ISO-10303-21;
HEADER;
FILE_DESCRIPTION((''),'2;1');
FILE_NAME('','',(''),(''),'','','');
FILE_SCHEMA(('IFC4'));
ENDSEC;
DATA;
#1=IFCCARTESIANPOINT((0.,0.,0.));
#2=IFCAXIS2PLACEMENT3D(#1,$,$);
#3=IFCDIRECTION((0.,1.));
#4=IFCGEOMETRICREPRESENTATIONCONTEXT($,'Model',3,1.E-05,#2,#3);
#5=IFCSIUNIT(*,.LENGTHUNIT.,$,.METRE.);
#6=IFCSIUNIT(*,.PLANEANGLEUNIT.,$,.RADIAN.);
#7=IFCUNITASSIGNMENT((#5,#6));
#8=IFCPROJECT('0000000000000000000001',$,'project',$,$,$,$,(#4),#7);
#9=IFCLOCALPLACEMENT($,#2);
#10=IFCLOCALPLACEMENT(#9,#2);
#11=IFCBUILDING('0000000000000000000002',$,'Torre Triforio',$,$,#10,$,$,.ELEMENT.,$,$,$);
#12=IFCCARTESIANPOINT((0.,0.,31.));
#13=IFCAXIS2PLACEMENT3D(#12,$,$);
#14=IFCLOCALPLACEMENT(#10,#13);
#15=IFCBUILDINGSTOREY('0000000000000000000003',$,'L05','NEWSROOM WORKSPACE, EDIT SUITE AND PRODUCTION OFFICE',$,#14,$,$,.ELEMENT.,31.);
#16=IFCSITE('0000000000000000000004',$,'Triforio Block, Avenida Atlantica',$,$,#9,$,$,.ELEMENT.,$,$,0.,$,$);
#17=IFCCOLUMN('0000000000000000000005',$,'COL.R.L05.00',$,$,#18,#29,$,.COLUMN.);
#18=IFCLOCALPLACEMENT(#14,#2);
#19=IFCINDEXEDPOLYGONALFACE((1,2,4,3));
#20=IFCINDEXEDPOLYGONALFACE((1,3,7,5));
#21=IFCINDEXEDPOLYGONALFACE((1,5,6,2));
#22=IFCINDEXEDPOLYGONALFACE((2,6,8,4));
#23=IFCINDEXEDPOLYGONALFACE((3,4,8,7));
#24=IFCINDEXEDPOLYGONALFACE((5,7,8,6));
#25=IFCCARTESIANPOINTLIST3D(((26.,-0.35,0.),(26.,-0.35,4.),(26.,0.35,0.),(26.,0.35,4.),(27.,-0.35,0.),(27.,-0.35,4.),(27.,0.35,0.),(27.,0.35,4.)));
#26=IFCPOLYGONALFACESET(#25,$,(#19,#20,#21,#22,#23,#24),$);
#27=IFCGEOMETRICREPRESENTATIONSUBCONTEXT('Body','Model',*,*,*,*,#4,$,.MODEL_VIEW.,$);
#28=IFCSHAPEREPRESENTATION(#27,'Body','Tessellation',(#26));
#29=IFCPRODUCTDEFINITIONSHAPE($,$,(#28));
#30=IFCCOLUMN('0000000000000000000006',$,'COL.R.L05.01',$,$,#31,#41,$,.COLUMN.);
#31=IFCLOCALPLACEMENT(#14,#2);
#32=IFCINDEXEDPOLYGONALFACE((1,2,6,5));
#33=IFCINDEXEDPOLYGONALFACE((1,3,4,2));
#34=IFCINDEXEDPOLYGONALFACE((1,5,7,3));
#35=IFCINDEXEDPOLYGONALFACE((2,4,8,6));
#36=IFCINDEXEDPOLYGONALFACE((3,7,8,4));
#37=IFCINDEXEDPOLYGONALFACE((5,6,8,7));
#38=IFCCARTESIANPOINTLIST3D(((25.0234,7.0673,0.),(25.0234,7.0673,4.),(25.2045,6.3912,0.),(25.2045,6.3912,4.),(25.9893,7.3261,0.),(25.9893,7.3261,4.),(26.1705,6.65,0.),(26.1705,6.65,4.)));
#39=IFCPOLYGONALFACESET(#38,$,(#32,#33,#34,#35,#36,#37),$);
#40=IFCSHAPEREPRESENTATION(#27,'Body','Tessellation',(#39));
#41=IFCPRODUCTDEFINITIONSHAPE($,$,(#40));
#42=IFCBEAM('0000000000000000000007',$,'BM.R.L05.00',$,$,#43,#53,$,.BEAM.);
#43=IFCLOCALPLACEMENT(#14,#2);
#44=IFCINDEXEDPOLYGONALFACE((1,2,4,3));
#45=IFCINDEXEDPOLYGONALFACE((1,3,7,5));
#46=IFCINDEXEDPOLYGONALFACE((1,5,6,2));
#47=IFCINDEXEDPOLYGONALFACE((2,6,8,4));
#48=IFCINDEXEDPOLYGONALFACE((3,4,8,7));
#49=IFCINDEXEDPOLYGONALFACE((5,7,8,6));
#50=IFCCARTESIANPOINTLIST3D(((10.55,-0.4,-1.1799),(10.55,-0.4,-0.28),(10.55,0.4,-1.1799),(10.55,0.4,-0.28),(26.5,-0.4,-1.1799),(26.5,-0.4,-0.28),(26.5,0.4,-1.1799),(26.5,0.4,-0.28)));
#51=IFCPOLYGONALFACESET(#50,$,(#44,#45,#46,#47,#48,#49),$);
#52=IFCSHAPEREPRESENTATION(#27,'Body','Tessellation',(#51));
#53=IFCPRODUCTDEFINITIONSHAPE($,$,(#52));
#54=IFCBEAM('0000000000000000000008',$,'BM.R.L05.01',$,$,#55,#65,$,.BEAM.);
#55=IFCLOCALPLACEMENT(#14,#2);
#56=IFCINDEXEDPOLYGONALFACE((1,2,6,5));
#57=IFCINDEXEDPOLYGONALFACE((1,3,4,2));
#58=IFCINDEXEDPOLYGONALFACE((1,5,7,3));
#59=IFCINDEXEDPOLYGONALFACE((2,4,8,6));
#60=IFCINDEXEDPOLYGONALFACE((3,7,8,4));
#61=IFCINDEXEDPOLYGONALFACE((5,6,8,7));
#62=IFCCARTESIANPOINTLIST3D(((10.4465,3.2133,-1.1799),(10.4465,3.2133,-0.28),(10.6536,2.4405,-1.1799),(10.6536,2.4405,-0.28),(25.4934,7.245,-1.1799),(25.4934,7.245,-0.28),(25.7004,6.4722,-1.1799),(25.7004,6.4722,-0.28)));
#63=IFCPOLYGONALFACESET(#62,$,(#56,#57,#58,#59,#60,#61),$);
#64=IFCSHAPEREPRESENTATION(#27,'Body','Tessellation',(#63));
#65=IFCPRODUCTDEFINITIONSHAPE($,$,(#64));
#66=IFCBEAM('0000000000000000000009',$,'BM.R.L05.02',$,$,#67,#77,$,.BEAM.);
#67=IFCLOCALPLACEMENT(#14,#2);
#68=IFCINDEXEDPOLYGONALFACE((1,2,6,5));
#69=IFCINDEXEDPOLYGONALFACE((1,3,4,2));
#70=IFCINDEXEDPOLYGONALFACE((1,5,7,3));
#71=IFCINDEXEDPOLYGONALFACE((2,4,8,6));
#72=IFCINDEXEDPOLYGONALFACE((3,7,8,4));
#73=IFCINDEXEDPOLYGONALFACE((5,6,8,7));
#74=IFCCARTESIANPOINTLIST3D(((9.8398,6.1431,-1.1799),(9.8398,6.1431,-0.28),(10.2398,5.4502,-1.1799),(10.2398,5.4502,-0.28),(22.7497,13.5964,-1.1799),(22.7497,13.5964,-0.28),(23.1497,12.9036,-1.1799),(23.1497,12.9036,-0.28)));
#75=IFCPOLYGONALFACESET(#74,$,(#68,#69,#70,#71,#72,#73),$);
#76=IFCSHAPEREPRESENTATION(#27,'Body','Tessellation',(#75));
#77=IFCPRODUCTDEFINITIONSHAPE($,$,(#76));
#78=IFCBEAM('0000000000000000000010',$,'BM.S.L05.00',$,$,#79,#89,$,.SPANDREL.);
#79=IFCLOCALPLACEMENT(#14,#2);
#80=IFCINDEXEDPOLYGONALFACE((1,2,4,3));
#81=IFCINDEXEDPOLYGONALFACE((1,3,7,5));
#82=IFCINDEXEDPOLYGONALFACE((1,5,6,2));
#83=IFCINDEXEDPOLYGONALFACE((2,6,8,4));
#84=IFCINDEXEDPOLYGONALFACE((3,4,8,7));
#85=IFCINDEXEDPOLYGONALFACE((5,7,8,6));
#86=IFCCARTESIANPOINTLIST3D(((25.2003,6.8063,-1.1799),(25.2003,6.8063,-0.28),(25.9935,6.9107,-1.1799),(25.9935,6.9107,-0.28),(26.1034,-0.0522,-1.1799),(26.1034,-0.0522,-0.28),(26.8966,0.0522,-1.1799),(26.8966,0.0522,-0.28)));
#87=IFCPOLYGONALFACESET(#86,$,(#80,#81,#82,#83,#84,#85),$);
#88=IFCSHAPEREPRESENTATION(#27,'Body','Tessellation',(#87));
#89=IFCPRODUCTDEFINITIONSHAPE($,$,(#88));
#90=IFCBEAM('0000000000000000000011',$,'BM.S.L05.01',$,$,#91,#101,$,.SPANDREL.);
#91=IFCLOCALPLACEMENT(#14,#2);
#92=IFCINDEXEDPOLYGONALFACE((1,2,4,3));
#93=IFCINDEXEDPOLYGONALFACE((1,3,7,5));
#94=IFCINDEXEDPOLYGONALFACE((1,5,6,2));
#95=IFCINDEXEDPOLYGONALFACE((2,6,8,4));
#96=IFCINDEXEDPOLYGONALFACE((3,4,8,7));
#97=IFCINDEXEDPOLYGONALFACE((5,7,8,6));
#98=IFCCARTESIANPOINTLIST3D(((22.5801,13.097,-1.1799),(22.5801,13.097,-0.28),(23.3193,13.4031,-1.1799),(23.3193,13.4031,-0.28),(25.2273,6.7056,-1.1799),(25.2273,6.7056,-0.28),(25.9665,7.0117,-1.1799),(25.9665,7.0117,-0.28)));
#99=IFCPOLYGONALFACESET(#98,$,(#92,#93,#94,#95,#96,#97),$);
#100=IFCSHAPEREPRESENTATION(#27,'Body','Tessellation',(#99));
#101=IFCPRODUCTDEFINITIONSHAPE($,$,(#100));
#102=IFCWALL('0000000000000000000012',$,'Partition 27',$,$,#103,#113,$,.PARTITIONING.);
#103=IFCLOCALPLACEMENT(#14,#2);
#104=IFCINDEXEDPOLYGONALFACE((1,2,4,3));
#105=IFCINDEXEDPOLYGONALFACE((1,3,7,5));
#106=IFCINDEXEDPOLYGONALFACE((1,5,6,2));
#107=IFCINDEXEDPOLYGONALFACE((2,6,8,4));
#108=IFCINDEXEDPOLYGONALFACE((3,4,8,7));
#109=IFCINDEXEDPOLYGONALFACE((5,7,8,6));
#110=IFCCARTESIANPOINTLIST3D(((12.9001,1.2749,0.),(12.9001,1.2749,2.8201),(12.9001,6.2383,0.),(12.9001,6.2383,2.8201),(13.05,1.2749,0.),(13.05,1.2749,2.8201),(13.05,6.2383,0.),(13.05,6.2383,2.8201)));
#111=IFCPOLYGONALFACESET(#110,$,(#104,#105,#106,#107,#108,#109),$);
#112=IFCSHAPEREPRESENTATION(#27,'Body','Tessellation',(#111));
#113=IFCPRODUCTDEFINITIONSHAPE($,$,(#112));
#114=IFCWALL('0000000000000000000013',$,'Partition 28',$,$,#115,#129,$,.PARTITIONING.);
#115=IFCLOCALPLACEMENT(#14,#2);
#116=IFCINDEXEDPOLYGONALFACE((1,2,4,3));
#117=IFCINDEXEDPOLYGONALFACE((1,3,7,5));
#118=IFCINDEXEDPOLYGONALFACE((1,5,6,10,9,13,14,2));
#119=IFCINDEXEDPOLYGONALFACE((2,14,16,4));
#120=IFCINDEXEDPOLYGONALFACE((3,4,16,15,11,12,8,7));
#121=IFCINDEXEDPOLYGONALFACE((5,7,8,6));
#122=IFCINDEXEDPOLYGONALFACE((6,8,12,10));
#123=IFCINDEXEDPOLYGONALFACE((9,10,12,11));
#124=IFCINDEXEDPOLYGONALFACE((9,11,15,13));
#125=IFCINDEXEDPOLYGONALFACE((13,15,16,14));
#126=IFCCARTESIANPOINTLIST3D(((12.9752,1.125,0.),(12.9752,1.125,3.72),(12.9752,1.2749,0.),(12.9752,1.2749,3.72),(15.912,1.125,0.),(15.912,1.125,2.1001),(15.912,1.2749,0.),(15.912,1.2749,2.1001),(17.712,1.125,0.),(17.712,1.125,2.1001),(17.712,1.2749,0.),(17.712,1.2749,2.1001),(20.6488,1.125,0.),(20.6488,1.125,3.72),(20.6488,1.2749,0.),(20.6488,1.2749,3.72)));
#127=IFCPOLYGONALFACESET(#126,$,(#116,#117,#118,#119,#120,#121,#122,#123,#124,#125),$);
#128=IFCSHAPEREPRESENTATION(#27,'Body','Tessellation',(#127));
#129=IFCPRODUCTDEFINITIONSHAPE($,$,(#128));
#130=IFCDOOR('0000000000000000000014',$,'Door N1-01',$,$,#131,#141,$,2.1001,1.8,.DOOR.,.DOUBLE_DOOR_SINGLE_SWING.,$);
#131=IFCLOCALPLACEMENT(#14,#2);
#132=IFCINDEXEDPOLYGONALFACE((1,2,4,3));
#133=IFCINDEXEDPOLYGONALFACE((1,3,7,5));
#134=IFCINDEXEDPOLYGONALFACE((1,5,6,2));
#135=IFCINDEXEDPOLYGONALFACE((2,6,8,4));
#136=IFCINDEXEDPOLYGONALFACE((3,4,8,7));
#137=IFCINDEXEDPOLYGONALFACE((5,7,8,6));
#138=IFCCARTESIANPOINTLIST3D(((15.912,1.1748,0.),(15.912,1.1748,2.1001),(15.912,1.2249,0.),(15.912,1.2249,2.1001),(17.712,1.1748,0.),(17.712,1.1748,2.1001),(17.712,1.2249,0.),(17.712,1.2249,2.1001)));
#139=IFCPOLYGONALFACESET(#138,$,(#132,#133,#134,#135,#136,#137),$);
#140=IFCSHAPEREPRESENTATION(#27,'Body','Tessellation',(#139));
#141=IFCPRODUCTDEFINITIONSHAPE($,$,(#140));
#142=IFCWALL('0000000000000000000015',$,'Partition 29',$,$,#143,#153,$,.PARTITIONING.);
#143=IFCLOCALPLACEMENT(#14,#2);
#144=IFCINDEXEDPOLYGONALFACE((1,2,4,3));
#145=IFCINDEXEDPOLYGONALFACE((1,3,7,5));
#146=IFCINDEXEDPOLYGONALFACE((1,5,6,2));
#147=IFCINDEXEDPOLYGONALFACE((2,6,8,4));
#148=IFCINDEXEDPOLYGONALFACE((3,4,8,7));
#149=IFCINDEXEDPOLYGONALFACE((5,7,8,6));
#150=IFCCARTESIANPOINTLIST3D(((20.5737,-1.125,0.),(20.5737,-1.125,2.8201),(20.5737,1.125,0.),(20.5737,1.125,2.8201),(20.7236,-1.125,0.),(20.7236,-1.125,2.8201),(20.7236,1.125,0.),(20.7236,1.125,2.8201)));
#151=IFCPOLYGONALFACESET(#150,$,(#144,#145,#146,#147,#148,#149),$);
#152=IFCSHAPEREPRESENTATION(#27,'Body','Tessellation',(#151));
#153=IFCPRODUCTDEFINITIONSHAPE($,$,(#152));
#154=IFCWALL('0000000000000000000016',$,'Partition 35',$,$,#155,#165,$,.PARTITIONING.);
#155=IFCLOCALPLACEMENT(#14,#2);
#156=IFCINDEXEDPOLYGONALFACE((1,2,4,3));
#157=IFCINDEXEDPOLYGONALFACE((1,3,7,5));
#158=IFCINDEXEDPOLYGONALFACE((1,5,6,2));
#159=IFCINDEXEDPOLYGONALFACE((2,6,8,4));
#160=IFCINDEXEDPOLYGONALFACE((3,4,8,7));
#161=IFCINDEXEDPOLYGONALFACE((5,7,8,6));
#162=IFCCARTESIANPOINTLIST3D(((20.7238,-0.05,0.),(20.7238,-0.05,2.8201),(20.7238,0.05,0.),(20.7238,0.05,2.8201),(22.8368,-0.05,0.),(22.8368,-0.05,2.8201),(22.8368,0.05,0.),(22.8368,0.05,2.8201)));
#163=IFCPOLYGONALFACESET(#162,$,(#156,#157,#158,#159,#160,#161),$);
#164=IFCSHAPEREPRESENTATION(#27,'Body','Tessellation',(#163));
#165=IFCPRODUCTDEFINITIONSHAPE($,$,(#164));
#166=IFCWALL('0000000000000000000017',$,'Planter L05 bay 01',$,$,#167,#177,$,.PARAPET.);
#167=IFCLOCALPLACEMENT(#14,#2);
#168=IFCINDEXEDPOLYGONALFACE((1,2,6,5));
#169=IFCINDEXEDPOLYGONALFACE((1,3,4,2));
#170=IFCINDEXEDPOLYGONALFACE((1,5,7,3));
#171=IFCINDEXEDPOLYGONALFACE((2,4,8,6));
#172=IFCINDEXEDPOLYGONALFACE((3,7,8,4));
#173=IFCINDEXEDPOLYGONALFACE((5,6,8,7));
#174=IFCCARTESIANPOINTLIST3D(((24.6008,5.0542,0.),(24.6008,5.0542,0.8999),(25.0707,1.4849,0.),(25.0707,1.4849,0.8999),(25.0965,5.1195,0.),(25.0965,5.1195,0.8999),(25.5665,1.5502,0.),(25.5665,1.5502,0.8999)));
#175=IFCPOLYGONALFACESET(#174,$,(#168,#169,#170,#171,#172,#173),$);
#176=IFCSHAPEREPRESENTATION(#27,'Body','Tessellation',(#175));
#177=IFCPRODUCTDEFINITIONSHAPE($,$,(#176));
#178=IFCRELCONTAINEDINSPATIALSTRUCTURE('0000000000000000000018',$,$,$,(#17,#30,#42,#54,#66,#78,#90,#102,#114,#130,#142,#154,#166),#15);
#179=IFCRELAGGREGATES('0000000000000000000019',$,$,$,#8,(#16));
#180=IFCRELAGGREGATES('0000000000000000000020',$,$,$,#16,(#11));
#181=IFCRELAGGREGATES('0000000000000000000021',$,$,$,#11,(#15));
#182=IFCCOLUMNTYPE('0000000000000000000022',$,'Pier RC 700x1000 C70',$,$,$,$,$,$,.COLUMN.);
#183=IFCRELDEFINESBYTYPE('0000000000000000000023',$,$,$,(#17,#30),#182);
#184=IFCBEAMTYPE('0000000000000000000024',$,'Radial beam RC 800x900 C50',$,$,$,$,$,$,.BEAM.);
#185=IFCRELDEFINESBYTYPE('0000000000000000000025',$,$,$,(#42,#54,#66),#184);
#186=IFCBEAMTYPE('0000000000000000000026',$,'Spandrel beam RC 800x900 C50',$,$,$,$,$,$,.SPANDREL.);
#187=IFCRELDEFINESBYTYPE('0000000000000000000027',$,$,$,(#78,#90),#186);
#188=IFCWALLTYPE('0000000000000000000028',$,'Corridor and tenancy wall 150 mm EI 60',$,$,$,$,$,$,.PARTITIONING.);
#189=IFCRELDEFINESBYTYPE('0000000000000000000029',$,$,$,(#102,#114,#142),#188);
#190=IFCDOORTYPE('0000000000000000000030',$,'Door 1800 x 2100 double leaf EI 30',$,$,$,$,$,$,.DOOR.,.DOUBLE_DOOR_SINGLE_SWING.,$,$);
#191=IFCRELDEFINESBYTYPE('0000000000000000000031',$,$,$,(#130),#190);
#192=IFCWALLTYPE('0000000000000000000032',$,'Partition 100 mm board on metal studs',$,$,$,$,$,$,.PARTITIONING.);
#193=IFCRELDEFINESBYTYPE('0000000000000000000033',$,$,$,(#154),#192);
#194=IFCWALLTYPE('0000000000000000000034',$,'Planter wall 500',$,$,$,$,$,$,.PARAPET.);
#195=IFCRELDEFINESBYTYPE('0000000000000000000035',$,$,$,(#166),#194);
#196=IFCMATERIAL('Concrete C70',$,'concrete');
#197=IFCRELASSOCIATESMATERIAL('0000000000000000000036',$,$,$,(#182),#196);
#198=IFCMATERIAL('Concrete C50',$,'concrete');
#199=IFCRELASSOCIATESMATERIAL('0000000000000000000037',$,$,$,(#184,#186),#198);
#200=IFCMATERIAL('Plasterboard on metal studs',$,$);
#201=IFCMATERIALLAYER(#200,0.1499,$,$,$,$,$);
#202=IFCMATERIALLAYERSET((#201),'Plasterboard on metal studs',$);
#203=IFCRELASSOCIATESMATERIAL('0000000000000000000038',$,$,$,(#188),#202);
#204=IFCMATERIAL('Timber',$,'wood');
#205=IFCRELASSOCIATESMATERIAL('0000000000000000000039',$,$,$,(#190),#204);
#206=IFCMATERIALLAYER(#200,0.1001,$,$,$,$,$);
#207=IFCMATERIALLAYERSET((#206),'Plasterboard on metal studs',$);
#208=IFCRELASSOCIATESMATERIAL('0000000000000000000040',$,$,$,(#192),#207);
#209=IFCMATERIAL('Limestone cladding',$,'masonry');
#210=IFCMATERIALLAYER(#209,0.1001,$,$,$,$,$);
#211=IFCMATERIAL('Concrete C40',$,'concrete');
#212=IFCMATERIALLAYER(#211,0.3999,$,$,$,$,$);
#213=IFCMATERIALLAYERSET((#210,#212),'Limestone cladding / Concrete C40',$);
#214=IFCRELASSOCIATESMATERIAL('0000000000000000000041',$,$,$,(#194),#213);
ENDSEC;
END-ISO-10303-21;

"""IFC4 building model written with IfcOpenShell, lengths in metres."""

from ifc_helpers import new_model, si_unit, direction, frame, frame_2d, origin, origin_2d, place, context, subcontext, project, spatial, rectangle, extrude, material, layer, layer_set, material_profile, profile_set, type_object, element, fill, save


model = new_model("IFC4")

# Units and contexts
model_context = context("Model", 3, precision=1e-05, world=origin(), true_north=direction((0.0, 1.0)))
body_context = subcontext(model_context, "Body", "Model", "MODEL_VIEW")
ifc_project = project(units=[si_unit("LENGTHUNIT", "METRE"), si_unit("PLANEANGLEUNIT", "RADIAN")], contexts=[model_context])

# Site, building, storey
site_placement = place(None, origin())
site = spatial("IfcSite", under=ifc_project, at=site_placement, Name="Triforio Block, Avenida Atlantica", CompositionType="ELEMENT", RefElevation=0.0)
building_placement = place(site_placement, origin())
building = spatial("IfcBuilding", under=site, at=building_placement, Name="Torre Triforio", CompositionType="ELEMENT")
storey_placement = place(building_placement, frame((0.0, 0.0, 31.0)))
storey = spatial("IfcBuildingStorey", under=building, at=storey_placement, Name="L05", Description="NEWSROOM WORKSPACE, EDIT SUITE AND PRODUCTION OFFICE", CompositionType="ELEMENT", Elevation=31.0)

# Columns
ifc_material_1 = material(Name="Concrete C70", Category="concrete")
ifc_material_profile_1 = material_profile(ifc_material_1, rectangle(XDim=0.7, YDim=1.0, at=origin_2d()), Name="RC 700x1000")
ifc_profile_set_1 = profile_set([ifc_material_profile_1], Name="Concrete C70")
column_type = type_object("IfcColumnType", Name="Pier RC 700x1000 C70", PredefinedType="COLUMN", material=ifc_profile_set_1)
for number, where, z_axis, x_axis, name in (
    (1, (26.5, 0.0, 0.0), (0.0, 0.0, 1.0), (0.0, 1.0, 0.0), "COL.R.L05.00"),
    (2, (25.5969, 6.8586, 0.0), (0.0, 0.0, 1.0), (-0.258819, 0.965926, 0.0), "COL.R.L05.01"),
):
    element("IfcColumn", number, at=place(storey_placement, frame(where, z_axis=z_axis, x_axis=x_axis)), inside=storey, type_object=column_type, Name=name, PredefinedType="COLUMN", context=body_context, shape_type="SweptSolid", body=[
        extrude(rectangle(XDim=0.7, YDim=1.0, at=origin_2d()), origin(), (0.0, 0.0, 1.0), 4.0),
    ])

# Beams
ifc_material_2 = material(Name="Concrete C50", Category="concrete")
ifc_material_profile_2 = material_profile(ifc_material_2, rectangle(XDim=0.8, YDim=0.8999, at=origin_2d()), Name="RC 800x900")
ifc_profile_set_2 = profile_set([ifc_material_profile_2], Name="Concrete C50")
beam_type_1 = type_object("IfcBeamType", Name="Radial beam RC 800x900 C50", PredefinedType="BEAM", material=ifc_profile_set_2)
beam_1_placement = place(storey_placement, frame((10.55, 0.0, -0.73), z_axis=(1.0, 0.0, 0.0), x_axis=(0.0, 1.0, 0.0)))
element("IfcBeam", 3, at=beam_1_placement, inside=storey, type_object=beam_type_1, Name="BM.R.L05.00", PredefinedType="BEAM", context=body_context, shape_type="SweptSolid", body=[
    extrude(rectangle(XDim=0.8, YDim=0.8999, at=origin_2d()), origin(), (0.0, 0.0, 1.0), 15.95),
])
beam_2_placement = place(storey_placement, frame((10.55, 2.8269, -0.73), z_axis=(0.965927, 0.258815, 0.0), x_axis=(-0.258815, 0.965927, 0.0)))
element("IfcBeam", 4, at=beam_2_placement, inside=storey, type_object=beam_type_1, Name="BM.R.L05.01", PredefinedType="BEAM", context=body_context, shape_type="SweptSolid", body=[
    extrude(rectangle(XDim=0.8, YDim=0.8999, at=origin_2d()), origin(), (0.0, 0.0, 1.0), 15.5776),
])
beam_3_placement = place(storey_placement, frame((10.0398, 5.7966, -0.73), z_axis=(0.86603, 0.499991, 0.0), x_axis=(-0.499991, 0.86603, 0.0)))
element("IfcBeam", 5, at=beam_3_placement, inside=storey, type_object=beam_type_1, Name="BM.R.L05.02", PredefinedType="BEAM", context=body_context, shape_type="SweptSolid", body=[
    extrude(rectangle(XDim=0.8, YDim=0.8999, at=origin_2d()), origin(), (0.0, 0.0, 1.0), 14.907),
])
ifc_material_profile_3 = material_profile(ifc_material_2, rectangle(XDim=0.8, YDim=0.8999, at=origin_2d()), Name="RC 800x900")
ifc_profile_set_3 = profile_set([ifc_material_profile_3], Name="Concrete C50")
beam_type_2 = type_object("IfcBeamType", Name="Spandrel beam RC 800x900 C50", PredefinedType="SPANDREL", material=ifc_profile_set_3)
beam_4_placement = place(storey_placement, frame((26.5, 0.0, -0.73), z_axis=(-0.130543, 0.991443, 0.0), x_axis=(-0.991443, -0.130543, 0.0)))
element("IfcBeam", 6, at=beam_4_placement, inside=storey, type_object=beam_type_2, Name="BM.S.L05.00", PredefinedType="SPANDREL", context=body_context, shape_type="SweptSolid", body=[
    extrude(rectangle(XDim=0.8, YDim=0.8999, at=origin_2d()), origin(), (0.0, 0.0, 1.0), 6.9177),
])
beam_5_placement = place(storey_placement, frame((25.5969, 6.8586, -0.73), z_axis=(-0.382662, 0.923888, 0.0), x_axis=(-0.923888, -0.382662, 0.0)))
element("IfcBeam", 7, at=beam_5_placement, inside=storey, type_object=beam_type_2, Name="BM.S.L05.01", PredefinedType="SPANDREL", context=body_context, shape_type="SweptSolid", body=[
    extrude(rectangle(XDim=0.8, YDim=0.8999, at=origin_2d()), origin(), (0.0, 0.0, 1.0), 6.918),
])

# Wall
ifc_material_3 = material(Name="Plasterboard on metal studs")
ifc_layer_1 = layer(ifc_material_3, 0.1499)
ifc_layer_set_1 = layer_set([ifc_layer_1], Name="Plasterboard on metal studs")
wall_type_1 = type_object("IfcWallType", Name="Corridor and tenancy wall 150 mm EI 60", PredefinedType="PARTITIONING", material=ifc_layer_set_1)
wall_1_placement = place(storey_placement, frame((12.9751, 6.2383, 0.0), z_axis=(0.0, 0.0, 1.0), x_axis=(0.0, -1.0, 0.0)))
element("IfcWall", 8, at=wall_1_placement, inside=storey, type_object=wall_type_1, Name="Partition 27", PredefinedType="PARTITIONING", context=body_context, shape_type="SweptSolid", body=[
    extrude(rectangle(XDim=4.9634, YDim=0.1499, at=frame_2d((2.4817, 0.0))), origin(), (0.0, 0.0, 1.0), 2.8201),
])

# Wall, opening, door
wall_2_placement = place(storey_placement, frame((12.9751, 1.2, 0.0), z_axis=(0.0, 0.0, 1.0), x_axis=(1.0, 0.0, 0.0)))
wall_2 = element("IfcWall", 9, at=wall_2_placement, inside=storey, type_object=wall_type_1, Name="Partition 28", PredefinedType="PARTITIONING", context=body_context, shape_type="SweptSolid", body=[
    extrude(rectangle(XDim=7.6736, YDim=0.1499, at=frame_2d((3.8369, 0.0))), origin(), (0.0, 0.0, 1.0), 3.72),
])
opening_1_placement = place(wall_2_placement, frame((2.937, 0.0, 0.0)))
opening_1 = element("IfcOpeningElement", 10, at=opening_1_placement, cuts=wall_2, PredefinedType="OPENING", context=body_context, shape_type="SweptSolid", body=[
    extrude(rectangle(XDim=1.8, YDim=2.1001, at=frame_2d((0.8999, 1.05))), frame((0.0, 0.085, 0.0), z_axis=(0.0, -1.0, 0.0), x_axis=(1.0, 0.0, 0.0)), (0.0, 0.0, 1.0), 0.1699),
])
ifc_material_4 = material(Name="Timber", Category="wood")
door_type_1 = type_object("IfcDoorType", Name="Door 1800 x 2100 double leaf EI 30", OperationType="DOUBLE_DOOR_SINGLE_SWING", PredefinedType="DOOR", material=ifc_material_4)
door_1_placement = place(opening_1_placement, origin())
door_1 = element("IfcDoor", 11, at=door_1_placement, inside=storey, type_object=door_type_1, Name="Door N1-01", OperationType="DOUBLE_DOOR_SINGLE_SWING", OverallHeight=2.1001, OverallWidth=1.8, PredefinedType="DOOR", context=body_context, shape_type="SweptSolid", body=[
    extrude(rectangle(XDim=1.8, YDim=2.1001, at=frame_2d((0.8999, 1.05))), frame((0.0, 0.0249, 0.0), z_axis=(0.0, -1.0, 0.0), x_axis=(1.0, 0.0, 0.0)), (0.0, 0.0, 1.0), 0.05),
])
fill(opening_1, door_1)

# Walls
wall_3_placement = place(storey_placement, frame((20.6487, 1.125, 0.0), z_axis=(0.0, 0.0, 1.0), x_axis=(0.0, -1.0, 0.0)))
element("IfcWall", 12, at=wall_3_placement, inside=storey, type_object=wall_type_1, Name="Partition 29", PredefinedType="PARTITIONING", context=body_context, shape_type="SweptSolid", body=[
    extrude(rectangle(XDim=2.25, YDim=0.1499, at=frame_2d((1.125, 0.0))), origin(), (0.0, 0.0, 1.0), 2.8201),
])
ifc_layer_2 = layer(ifc_material_3, 0.1001)
ifc_layer_set_2 = layer_set([ifc_layer_2], Name="Plasterboard on metal studs")
wall_type_2 = type_object("IfcWallType", Name="Partition 100 mm board on metal studs", PredefinedType="PARTITIONING", material=ifc_layer_set_2)
wall_4_placement = place(storey_placement, frame((20.7236, 0.0, 0.0), z_axis=(0.0, 0.0, 1.0), x_axis=(1.0, 0.0, 0.0)))
element("IfcWall", 13, at=wall_4_placement, inside=storey, type_object=wall_type_2, Name="Partition 35", PredefinedType="PARTITIONING", context=body_context, shape_type="SweptSolid", body=[
    extrude(rectangle(XDim=2.113, YDim=0.1001, at=frame_2d((1.0566, 0.0))), origin(), (0.0, 0.0, 1.0), 2.8201),
])
ifc_material_5 = material(Name="Limestone cladding", Category="masonry")
ifc_layer_3 = layer(ifc_material_5, 0.1001)
ifc_material_6 = material(Name="Concrete C40", Category="concrete")
ifc_layer_4 = layer(ifc_material_6, 0.3999)
ifc_layer_set_3 = layer_set([ifc_layer_3, ifc_layer_4], Name="Limestone cladding / Concrete C40")
wall_type_3 = type_object("IfcWallType", Name="Planter wall 500", PredefinedType="PARAPET", material=ifc_layer_set_3)
wall_5_placement = place(storey_placement, frame((25.3186, 1.5176, 0.0), z_axis=(0.0, 0.0, 1.0), x_axis=(-0.130542, 0.991443, 0.0)))
element("IfcWall", 14, at=wall_5_placement, inside=storey, type_object=wall_type_3, Name="Planter L05 bay 01", PredefinedType="PARAPET", context=body_context, shape_type="SweptSolid", body=[
    extrude(rectangle(XDim=3.6001, YDim=0.5, at=frame_2d((1.8, 0.0))), origin(), (0.0, 0.0, 1.0), 0.8999),
])

save(model, "model.ifc")
